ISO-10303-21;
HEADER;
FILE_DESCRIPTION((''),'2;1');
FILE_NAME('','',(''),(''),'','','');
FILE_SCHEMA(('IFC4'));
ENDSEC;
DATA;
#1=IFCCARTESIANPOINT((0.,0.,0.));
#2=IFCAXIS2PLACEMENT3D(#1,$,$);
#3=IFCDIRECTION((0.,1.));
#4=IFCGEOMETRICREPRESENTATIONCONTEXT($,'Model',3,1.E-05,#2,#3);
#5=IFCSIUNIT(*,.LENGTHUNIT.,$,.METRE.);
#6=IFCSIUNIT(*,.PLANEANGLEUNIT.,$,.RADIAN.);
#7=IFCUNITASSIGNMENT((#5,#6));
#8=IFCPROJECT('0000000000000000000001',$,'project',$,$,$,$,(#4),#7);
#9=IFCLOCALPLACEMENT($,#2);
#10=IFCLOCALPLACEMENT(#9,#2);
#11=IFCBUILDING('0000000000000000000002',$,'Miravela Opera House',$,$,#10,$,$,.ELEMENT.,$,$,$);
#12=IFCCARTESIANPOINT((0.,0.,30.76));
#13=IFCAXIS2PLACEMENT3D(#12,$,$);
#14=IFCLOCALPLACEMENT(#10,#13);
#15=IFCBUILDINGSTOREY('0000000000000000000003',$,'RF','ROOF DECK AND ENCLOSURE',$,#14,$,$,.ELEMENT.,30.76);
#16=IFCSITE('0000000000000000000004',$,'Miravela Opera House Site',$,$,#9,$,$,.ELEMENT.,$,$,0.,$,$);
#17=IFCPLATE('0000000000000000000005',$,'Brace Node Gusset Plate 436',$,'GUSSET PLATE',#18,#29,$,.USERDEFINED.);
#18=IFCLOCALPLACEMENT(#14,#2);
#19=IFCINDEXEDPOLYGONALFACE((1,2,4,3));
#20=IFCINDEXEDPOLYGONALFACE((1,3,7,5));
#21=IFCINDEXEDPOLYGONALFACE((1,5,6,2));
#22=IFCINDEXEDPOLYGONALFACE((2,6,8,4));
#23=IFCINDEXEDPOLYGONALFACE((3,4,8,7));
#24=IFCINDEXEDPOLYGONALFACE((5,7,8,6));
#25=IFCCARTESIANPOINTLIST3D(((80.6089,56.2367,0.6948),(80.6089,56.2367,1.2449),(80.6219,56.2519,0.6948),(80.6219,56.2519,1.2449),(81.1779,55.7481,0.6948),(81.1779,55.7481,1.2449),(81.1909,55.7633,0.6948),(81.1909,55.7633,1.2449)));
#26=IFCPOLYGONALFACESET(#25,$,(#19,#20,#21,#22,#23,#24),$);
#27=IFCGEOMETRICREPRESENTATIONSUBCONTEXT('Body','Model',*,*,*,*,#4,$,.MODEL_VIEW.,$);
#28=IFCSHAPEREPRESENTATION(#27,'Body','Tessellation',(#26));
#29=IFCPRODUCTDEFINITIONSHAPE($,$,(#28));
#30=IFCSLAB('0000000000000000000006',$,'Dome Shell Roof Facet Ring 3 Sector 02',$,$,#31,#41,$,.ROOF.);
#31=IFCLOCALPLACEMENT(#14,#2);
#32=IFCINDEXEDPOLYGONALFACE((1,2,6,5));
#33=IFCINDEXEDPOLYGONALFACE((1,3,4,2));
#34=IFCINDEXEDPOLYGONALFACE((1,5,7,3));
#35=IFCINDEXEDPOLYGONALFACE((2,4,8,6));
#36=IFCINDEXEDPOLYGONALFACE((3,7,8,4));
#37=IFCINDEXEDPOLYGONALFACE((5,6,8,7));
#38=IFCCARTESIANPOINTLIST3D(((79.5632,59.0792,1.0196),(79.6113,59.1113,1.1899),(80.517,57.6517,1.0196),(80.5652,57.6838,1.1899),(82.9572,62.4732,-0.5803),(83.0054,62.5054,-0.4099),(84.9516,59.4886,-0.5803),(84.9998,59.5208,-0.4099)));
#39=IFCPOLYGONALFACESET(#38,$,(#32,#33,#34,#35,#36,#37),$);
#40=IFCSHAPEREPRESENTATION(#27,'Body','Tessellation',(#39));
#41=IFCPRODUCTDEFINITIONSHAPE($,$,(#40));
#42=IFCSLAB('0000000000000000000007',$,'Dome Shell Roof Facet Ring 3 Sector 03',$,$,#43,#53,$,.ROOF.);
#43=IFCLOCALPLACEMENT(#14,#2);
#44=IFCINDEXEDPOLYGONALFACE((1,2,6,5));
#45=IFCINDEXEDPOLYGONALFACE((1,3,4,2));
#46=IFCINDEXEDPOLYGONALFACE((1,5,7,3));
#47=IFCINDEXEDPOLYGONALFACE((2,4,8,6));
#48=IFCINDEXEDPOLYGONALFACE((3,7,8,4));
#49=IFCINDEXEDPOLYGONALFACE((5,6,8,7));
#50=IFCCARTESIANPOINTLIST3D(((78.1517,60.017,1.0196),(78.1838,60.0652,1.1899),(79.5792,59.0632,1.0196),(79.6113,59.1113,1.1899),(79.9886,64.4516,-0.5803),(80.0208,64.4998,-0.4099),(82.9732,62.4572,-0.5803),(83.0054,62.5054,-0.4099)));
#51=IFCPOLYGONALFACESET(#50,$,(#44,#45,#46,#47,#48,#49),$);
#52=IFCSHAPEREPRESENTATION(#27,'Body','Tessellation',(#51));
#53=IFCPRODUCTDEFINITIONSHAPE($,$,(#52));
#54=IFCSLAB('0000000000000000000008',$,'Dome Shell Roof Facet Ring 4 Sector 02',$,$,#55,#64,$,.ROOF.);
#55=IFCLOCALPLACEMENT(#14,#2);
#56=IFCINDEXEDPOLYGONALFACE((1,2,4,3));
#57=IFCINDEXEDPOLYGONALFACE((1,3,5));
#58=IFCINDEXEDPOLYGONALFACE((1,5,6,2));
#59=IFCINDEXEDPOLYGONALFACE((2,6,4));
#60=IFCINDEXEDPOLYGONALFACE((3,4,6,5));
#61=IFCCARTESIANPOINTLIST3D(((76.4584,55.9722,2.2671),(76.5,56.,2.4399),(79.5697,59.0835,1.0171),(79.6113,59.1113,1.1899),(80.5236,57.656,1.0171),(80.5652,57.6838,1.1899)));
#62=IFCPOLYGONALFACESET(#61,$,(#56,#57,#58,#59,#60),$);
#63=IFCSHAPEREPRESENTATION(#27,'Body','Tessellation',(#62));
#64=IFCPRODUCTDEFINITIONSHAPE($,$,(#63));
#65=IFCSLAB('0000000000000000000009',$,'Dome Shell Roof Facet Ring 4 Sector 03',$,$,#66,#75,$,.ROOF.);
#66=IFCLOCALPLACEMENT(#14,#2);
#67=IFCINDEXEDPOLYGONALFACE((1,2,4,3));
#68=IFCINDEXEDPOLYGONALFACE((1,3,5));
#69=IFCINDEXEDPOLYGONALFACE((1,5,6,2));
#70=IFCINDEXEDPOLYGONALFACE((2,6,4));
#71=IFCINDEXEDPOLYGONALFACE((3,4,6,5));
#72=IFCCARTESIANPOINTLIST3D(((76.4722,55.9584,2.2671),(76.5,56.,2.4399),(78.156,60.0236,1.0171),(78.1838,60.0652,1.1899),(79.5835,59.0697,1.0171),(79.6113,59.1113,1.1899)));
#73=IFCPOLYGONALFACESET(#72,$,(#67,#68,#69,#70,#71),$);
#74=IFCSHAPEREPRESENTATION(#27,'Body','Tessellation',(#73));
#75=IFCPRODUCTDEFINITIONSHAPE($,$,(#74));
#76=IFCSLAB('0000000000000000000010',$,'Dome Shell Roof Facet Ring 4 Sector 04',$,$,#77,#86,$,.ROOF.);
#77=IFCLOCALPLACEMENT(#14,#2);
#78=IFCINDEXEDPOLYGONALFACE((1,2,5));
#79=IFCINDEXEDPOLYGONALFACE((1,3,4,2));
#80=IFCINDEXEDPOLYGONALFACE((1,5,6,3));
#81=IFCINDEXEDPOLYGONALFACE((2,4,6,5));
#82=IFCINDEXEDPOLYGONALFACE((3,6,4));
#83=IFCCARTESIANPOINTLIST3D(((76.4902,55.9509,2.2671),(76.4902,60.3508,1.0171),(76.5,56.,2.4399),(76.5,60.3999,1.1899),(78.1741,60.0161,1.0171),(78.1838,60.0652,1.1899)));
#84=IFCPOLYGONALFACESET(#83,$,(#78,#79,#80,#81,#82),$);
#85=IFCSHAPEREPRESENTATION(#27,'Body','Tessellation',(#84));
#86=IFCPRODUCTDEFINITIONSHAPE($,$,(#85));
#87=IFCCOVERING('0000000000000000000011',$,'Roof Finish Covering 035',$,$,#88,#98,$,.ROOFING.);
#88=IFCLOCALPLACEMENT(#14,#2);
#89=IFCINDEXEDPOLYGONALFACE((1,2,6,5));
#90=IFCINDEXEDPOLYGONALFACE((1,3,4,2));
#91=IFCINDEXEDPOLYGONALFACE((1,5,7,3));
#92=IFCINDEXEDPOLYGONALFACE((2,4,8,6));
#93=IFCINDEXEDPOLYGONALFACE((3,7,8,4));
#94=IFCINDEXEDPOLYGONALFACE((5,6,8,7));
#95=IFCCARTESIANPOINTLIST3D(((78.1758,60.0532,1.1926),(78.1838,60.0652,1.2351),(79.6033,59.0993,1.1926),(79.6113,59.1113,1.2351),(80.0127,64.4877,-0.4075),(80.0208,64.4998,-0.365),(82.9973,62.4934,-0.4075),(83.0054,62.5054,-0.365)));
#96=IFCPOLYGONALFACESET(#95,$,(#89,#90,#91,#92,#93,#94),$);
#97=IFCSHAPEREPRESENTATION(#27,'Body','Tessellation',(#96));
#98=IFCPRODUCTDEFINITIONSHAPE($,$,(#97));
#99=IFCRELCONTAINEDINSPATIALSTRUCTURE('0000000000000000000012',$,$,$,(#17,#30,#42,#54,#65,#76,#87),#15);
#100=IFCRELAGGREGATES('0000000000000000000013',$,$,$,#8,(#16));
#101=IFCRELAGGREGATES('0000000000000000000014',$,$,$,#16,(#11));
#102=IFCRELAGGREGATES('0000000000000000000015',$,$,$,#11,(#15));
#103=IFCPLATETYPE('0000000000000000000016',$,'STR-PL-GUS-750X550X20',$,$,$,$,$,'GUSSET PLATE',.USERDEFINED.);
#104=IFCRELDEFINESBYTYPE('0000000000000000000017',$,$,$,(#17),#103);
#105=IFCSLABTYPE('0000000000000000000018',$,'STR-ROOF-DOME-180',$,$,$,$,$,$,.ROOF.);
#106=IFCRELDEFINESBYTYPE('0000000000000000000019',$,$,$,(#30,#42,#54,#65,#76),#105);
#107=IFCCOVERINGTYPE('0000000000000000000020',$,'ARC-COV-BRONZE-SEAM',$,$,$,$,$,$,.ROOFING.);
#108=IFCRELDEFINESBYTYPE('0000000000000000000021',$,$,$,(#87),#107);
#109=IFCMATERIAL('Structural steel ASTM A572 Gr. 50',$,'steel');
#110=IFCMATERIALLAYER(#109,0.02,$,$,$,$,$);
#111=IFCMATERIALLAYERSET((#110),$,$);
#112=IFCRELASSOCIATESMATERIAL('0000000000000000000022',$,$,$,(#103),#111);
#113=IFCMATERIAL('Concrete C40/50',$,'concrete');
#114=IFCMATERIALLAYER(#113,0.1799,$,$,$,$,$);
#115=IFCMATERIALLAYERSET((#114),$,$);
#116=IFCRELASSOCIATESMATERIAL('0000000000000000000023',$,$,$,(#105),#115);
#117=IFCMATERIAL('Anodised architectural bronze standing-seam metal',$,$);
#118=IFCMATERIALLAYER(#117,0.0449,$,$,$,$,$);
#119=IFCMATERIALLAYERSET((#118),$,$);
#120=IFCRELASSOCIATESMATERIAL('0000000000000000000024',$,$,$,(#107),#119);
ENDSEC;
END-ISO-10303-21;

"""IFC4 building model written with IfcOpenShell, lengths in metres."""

from ifc_helpers import new_model, si_unit, direction, frame, origin, origin_2d, place, context, subcontext, project, spatial, polyline, rectangle, outline, extrude, material, layer, layer_set, type_object, element, save


model = new_model("IFC4")

# Units and contexts
model_context = context("Model", 3, precision=1e-05, world=origin(), true_north=direction((0.0, 1.0)))
body_context = subcontext(model_context, "Body", "Model", "MODEL_VIEW")
ifc_project = project(units=[si_unit("LENGTHUNIT", "METRE"), si_unit("PLANEANGLEUNIT", "RADIAN")], contexts=[model_context])

# Site, building, storey
site_placement = place(None, origin())
site = spatial("IfcSite", under=ifc_project, at=site_placement, Name="Miravela Opera House Site", CompositionType="ELEMENT", RefElevation=0.0)
building_placement = place(site_placement, origin())
building = spatial("IfcBuilding", under=site, at=building_placement, Name="Miravela Opera House", CompositionType="ELEMENT")
storey_placement = place(building_placement, frame((0.0, 0.0, 30.76)))
storey = spatial("IfcBuildingStorey", under=building, at=storey_placement, Name="RF", Description="ROOF DECK AND ENCLOSURE", CompositionType="ELEMENT", Elevation=30.76)

# Plate
ifc_material_1 = material(Name="Structural steel ASTM A572 Gr. 50", Category="steel")
ifc_layer_1 = layer(ifc_material_1, 0.02)
ifc_layer_set_1 = layer_set([ifc_layer_1])
plate_type_1 = type_object("IfcPlateType", Name="STR-PL-GUS-750X550X20", ElementType="GUSSET PLATE", PredefinedType="USERDEFINED", material=ifc_layer_set_1)
for number, where, z_axis, x_axis, name in (
    (1, (80.8999, 56.0, 0.6948), (0.0, 0.0, 1.0), (-0.758703, 0.651437, 0.0), "Brace Node Gusset Plate 436"),
):
    element("IfcPlate", number, at=place(storey_placement, frame(where, z_axis=z_axis, x_axis=x_axis)), inside=storey, type_object=plate_type_1, Name=name, ObjectType="GUSSET PLATE", PredefinedType="USERDEFINED", context=body_context, shape_type="SweptSolid", body=[
        extrude(rectangle(XDim=0.75, YDim=0.02, at=origin_2d()), origin(), (0.0, 0.0, 1.0), 0.55),
    ])

# Slabs
ifc_material_2 = material(Name="Concrete C40/50", Category="concrete")
ifc_layer_2 = layer(ifc_material_2, 0.1799)
ifc_layer_set_2 = layer_set([ifc_layer_2])
slab_type = type_object("IfcSlabType", Name="STR-ROOF-DOME-180", PredefinedType="ROOF", material=ifc_layer_set_2)
slab_1_placement = place(storey_placement, frame((84.9998, 59.5208, -0.4099), z_axis=(0.267533, 0.17877, 0.94682), x_axis=(-0.555594, 0.831454, 0.000001)))
element("IfcSlab", 2, at=slab_1_placement, inside=storey, type_object=slab_type, Name="Dome Shell Roof Facet Ring 3 Sector 02", PredefinedType="ROOF", context=body_context, shape_type="SweptSolid", body=[
    extrude(outline(polyline([(0.0, 0.0), (3.5896, 0.0), (2.6534, 4.9721), (0.9365, 4.9721), (0.0, 0.0)])), origin(), (0.0, 0.0, -1.0), 0.1799),
])
slab_2_placement = place(storey_placement, frame((83.0054, 62.5054, -0.4099), z_axis=(0.17877, 0.267533, 0.94682), x_axis=(-0.831454, 0.555594, -0.000001)))
element("IfcSlab", 3, at=slab_2_placement, inside=storey, type_object=slab_type, Name="Dome Shell Roof Facet Ring 3 Sector 03", PredefinedType="ROOF", context=body_context, shape_type="SweptSolid", body=[
    extrude(outline(polyline([(0.0, 0.0), (3.5896, 0.0), (2.6531, 4.9721), (0.9363, 4.9721), (0.0, 0.0)])), origin(), (0.0, 0.0, -1.0), 0.1799),
])
slab_3_placement = place(storey_placement, frame((80.5652, 57.6838, 1.1899), z_axis=(0.231324, 0.154572, 0.960519), x_axis=(-0.555586, 0.831459, 0.0)))
element("IfcSlab", 4, at=slab_3_placement, inside=storey, type_object=slab_type, Name="Dome Shell Roof Facet Ring 4 Sector 02", PredefinedType="ROOF", context=body_context, shape_type="SweptSolid", body=[
    extrude(outline(polyline([(0.0, 0.0), (1.7168, 0.0), (0.8585, 4.4929), (0.0, 0.0)])), origin(), (0.0, 0.0, -1.0), 0.1799),
])
slab_4_placement = place(storey_placement, frame((79.6113, 59.1113, 1.1899), z_axis=(0.154572, 0.231324, 0.960519), x_axis=(-0.831459, 0.555586, 0.0)))
element("IfcSlab", 5, at=slab_4_placement, inside=storey, type_object=slab_type, Name="Dome Shell Roof Facet Ring 4 Sector 03", PredefinedType="ROOF", context=body_context, shape_type="SweptSolid", body=[
    extrude(outline(polyline([(0.0, 0.0), (1.7168, 0.0), (0.8583, 4.4929), (0.0, 0.0)])), origin(), (0.0, 0.0, -1.0), 0.1799),
])
slab_5_placement = place(storey_placement, frame((78.1838, 60.0652, 1.1899), z_axis=(0.054244, 0.27288, 0.960518), x_axis=(-0.98081, 0.194967, 0.0)))
element("IfcSlab", 6, at=slab_5_placement, inside=storey, type_object=slab_type, Name="Dome Shell Roof Facet Ring 4 Sector 04", PredefinedType="ROOF", context=body_context, shape_type="SweptSolid", body=[
    extrude(outline(polyline([(0.0, 0.0), (1.7168, 0.0), (0.8589, 4.4929), (0.0, 0.0)])), origin(), (0.0, 0.0, -1.0), 0.1799),
])

# Covering
ifc_material_3 = material(Name="Anodised architectural bronze standing-seam metal")
ifc_layer_3 = layer(ifc_material_3, 0.0449)
ifc_layer_set_3 = layer_set([ifc_layer_3])
covering_type = type_object("IfcCoveringType", Name="ARC-COV-BRONZE-SEAM", PredefinedType="ROOFING", material=ifc_layer_set_3)
covering_placement = place(storey_placement, frame((83.0054, 62.5054, -0.365), z_axis=(0.178794, 0.267569, 0.946805), x_axis=(-0.831454, 0.555594, -0.000001)))
element("IfcCovering", 7, at=covering_placement, inside=storey, type_object=covering_type, Name="Roof Finish Covering 035", PredefinedType="ROOFING", context=body_context, shape_type="SweptSolid", body=[
    extrude(outline(polyline([(0.0, 0.0), (3.5896, 0.0), (2.6531, 4.9722), (0.9363, 4.9722), (0.0, 0.0)])), origin(), (0.0, 0.0, -1.0), 0.0449),
])

save(model, "model.ifc")
